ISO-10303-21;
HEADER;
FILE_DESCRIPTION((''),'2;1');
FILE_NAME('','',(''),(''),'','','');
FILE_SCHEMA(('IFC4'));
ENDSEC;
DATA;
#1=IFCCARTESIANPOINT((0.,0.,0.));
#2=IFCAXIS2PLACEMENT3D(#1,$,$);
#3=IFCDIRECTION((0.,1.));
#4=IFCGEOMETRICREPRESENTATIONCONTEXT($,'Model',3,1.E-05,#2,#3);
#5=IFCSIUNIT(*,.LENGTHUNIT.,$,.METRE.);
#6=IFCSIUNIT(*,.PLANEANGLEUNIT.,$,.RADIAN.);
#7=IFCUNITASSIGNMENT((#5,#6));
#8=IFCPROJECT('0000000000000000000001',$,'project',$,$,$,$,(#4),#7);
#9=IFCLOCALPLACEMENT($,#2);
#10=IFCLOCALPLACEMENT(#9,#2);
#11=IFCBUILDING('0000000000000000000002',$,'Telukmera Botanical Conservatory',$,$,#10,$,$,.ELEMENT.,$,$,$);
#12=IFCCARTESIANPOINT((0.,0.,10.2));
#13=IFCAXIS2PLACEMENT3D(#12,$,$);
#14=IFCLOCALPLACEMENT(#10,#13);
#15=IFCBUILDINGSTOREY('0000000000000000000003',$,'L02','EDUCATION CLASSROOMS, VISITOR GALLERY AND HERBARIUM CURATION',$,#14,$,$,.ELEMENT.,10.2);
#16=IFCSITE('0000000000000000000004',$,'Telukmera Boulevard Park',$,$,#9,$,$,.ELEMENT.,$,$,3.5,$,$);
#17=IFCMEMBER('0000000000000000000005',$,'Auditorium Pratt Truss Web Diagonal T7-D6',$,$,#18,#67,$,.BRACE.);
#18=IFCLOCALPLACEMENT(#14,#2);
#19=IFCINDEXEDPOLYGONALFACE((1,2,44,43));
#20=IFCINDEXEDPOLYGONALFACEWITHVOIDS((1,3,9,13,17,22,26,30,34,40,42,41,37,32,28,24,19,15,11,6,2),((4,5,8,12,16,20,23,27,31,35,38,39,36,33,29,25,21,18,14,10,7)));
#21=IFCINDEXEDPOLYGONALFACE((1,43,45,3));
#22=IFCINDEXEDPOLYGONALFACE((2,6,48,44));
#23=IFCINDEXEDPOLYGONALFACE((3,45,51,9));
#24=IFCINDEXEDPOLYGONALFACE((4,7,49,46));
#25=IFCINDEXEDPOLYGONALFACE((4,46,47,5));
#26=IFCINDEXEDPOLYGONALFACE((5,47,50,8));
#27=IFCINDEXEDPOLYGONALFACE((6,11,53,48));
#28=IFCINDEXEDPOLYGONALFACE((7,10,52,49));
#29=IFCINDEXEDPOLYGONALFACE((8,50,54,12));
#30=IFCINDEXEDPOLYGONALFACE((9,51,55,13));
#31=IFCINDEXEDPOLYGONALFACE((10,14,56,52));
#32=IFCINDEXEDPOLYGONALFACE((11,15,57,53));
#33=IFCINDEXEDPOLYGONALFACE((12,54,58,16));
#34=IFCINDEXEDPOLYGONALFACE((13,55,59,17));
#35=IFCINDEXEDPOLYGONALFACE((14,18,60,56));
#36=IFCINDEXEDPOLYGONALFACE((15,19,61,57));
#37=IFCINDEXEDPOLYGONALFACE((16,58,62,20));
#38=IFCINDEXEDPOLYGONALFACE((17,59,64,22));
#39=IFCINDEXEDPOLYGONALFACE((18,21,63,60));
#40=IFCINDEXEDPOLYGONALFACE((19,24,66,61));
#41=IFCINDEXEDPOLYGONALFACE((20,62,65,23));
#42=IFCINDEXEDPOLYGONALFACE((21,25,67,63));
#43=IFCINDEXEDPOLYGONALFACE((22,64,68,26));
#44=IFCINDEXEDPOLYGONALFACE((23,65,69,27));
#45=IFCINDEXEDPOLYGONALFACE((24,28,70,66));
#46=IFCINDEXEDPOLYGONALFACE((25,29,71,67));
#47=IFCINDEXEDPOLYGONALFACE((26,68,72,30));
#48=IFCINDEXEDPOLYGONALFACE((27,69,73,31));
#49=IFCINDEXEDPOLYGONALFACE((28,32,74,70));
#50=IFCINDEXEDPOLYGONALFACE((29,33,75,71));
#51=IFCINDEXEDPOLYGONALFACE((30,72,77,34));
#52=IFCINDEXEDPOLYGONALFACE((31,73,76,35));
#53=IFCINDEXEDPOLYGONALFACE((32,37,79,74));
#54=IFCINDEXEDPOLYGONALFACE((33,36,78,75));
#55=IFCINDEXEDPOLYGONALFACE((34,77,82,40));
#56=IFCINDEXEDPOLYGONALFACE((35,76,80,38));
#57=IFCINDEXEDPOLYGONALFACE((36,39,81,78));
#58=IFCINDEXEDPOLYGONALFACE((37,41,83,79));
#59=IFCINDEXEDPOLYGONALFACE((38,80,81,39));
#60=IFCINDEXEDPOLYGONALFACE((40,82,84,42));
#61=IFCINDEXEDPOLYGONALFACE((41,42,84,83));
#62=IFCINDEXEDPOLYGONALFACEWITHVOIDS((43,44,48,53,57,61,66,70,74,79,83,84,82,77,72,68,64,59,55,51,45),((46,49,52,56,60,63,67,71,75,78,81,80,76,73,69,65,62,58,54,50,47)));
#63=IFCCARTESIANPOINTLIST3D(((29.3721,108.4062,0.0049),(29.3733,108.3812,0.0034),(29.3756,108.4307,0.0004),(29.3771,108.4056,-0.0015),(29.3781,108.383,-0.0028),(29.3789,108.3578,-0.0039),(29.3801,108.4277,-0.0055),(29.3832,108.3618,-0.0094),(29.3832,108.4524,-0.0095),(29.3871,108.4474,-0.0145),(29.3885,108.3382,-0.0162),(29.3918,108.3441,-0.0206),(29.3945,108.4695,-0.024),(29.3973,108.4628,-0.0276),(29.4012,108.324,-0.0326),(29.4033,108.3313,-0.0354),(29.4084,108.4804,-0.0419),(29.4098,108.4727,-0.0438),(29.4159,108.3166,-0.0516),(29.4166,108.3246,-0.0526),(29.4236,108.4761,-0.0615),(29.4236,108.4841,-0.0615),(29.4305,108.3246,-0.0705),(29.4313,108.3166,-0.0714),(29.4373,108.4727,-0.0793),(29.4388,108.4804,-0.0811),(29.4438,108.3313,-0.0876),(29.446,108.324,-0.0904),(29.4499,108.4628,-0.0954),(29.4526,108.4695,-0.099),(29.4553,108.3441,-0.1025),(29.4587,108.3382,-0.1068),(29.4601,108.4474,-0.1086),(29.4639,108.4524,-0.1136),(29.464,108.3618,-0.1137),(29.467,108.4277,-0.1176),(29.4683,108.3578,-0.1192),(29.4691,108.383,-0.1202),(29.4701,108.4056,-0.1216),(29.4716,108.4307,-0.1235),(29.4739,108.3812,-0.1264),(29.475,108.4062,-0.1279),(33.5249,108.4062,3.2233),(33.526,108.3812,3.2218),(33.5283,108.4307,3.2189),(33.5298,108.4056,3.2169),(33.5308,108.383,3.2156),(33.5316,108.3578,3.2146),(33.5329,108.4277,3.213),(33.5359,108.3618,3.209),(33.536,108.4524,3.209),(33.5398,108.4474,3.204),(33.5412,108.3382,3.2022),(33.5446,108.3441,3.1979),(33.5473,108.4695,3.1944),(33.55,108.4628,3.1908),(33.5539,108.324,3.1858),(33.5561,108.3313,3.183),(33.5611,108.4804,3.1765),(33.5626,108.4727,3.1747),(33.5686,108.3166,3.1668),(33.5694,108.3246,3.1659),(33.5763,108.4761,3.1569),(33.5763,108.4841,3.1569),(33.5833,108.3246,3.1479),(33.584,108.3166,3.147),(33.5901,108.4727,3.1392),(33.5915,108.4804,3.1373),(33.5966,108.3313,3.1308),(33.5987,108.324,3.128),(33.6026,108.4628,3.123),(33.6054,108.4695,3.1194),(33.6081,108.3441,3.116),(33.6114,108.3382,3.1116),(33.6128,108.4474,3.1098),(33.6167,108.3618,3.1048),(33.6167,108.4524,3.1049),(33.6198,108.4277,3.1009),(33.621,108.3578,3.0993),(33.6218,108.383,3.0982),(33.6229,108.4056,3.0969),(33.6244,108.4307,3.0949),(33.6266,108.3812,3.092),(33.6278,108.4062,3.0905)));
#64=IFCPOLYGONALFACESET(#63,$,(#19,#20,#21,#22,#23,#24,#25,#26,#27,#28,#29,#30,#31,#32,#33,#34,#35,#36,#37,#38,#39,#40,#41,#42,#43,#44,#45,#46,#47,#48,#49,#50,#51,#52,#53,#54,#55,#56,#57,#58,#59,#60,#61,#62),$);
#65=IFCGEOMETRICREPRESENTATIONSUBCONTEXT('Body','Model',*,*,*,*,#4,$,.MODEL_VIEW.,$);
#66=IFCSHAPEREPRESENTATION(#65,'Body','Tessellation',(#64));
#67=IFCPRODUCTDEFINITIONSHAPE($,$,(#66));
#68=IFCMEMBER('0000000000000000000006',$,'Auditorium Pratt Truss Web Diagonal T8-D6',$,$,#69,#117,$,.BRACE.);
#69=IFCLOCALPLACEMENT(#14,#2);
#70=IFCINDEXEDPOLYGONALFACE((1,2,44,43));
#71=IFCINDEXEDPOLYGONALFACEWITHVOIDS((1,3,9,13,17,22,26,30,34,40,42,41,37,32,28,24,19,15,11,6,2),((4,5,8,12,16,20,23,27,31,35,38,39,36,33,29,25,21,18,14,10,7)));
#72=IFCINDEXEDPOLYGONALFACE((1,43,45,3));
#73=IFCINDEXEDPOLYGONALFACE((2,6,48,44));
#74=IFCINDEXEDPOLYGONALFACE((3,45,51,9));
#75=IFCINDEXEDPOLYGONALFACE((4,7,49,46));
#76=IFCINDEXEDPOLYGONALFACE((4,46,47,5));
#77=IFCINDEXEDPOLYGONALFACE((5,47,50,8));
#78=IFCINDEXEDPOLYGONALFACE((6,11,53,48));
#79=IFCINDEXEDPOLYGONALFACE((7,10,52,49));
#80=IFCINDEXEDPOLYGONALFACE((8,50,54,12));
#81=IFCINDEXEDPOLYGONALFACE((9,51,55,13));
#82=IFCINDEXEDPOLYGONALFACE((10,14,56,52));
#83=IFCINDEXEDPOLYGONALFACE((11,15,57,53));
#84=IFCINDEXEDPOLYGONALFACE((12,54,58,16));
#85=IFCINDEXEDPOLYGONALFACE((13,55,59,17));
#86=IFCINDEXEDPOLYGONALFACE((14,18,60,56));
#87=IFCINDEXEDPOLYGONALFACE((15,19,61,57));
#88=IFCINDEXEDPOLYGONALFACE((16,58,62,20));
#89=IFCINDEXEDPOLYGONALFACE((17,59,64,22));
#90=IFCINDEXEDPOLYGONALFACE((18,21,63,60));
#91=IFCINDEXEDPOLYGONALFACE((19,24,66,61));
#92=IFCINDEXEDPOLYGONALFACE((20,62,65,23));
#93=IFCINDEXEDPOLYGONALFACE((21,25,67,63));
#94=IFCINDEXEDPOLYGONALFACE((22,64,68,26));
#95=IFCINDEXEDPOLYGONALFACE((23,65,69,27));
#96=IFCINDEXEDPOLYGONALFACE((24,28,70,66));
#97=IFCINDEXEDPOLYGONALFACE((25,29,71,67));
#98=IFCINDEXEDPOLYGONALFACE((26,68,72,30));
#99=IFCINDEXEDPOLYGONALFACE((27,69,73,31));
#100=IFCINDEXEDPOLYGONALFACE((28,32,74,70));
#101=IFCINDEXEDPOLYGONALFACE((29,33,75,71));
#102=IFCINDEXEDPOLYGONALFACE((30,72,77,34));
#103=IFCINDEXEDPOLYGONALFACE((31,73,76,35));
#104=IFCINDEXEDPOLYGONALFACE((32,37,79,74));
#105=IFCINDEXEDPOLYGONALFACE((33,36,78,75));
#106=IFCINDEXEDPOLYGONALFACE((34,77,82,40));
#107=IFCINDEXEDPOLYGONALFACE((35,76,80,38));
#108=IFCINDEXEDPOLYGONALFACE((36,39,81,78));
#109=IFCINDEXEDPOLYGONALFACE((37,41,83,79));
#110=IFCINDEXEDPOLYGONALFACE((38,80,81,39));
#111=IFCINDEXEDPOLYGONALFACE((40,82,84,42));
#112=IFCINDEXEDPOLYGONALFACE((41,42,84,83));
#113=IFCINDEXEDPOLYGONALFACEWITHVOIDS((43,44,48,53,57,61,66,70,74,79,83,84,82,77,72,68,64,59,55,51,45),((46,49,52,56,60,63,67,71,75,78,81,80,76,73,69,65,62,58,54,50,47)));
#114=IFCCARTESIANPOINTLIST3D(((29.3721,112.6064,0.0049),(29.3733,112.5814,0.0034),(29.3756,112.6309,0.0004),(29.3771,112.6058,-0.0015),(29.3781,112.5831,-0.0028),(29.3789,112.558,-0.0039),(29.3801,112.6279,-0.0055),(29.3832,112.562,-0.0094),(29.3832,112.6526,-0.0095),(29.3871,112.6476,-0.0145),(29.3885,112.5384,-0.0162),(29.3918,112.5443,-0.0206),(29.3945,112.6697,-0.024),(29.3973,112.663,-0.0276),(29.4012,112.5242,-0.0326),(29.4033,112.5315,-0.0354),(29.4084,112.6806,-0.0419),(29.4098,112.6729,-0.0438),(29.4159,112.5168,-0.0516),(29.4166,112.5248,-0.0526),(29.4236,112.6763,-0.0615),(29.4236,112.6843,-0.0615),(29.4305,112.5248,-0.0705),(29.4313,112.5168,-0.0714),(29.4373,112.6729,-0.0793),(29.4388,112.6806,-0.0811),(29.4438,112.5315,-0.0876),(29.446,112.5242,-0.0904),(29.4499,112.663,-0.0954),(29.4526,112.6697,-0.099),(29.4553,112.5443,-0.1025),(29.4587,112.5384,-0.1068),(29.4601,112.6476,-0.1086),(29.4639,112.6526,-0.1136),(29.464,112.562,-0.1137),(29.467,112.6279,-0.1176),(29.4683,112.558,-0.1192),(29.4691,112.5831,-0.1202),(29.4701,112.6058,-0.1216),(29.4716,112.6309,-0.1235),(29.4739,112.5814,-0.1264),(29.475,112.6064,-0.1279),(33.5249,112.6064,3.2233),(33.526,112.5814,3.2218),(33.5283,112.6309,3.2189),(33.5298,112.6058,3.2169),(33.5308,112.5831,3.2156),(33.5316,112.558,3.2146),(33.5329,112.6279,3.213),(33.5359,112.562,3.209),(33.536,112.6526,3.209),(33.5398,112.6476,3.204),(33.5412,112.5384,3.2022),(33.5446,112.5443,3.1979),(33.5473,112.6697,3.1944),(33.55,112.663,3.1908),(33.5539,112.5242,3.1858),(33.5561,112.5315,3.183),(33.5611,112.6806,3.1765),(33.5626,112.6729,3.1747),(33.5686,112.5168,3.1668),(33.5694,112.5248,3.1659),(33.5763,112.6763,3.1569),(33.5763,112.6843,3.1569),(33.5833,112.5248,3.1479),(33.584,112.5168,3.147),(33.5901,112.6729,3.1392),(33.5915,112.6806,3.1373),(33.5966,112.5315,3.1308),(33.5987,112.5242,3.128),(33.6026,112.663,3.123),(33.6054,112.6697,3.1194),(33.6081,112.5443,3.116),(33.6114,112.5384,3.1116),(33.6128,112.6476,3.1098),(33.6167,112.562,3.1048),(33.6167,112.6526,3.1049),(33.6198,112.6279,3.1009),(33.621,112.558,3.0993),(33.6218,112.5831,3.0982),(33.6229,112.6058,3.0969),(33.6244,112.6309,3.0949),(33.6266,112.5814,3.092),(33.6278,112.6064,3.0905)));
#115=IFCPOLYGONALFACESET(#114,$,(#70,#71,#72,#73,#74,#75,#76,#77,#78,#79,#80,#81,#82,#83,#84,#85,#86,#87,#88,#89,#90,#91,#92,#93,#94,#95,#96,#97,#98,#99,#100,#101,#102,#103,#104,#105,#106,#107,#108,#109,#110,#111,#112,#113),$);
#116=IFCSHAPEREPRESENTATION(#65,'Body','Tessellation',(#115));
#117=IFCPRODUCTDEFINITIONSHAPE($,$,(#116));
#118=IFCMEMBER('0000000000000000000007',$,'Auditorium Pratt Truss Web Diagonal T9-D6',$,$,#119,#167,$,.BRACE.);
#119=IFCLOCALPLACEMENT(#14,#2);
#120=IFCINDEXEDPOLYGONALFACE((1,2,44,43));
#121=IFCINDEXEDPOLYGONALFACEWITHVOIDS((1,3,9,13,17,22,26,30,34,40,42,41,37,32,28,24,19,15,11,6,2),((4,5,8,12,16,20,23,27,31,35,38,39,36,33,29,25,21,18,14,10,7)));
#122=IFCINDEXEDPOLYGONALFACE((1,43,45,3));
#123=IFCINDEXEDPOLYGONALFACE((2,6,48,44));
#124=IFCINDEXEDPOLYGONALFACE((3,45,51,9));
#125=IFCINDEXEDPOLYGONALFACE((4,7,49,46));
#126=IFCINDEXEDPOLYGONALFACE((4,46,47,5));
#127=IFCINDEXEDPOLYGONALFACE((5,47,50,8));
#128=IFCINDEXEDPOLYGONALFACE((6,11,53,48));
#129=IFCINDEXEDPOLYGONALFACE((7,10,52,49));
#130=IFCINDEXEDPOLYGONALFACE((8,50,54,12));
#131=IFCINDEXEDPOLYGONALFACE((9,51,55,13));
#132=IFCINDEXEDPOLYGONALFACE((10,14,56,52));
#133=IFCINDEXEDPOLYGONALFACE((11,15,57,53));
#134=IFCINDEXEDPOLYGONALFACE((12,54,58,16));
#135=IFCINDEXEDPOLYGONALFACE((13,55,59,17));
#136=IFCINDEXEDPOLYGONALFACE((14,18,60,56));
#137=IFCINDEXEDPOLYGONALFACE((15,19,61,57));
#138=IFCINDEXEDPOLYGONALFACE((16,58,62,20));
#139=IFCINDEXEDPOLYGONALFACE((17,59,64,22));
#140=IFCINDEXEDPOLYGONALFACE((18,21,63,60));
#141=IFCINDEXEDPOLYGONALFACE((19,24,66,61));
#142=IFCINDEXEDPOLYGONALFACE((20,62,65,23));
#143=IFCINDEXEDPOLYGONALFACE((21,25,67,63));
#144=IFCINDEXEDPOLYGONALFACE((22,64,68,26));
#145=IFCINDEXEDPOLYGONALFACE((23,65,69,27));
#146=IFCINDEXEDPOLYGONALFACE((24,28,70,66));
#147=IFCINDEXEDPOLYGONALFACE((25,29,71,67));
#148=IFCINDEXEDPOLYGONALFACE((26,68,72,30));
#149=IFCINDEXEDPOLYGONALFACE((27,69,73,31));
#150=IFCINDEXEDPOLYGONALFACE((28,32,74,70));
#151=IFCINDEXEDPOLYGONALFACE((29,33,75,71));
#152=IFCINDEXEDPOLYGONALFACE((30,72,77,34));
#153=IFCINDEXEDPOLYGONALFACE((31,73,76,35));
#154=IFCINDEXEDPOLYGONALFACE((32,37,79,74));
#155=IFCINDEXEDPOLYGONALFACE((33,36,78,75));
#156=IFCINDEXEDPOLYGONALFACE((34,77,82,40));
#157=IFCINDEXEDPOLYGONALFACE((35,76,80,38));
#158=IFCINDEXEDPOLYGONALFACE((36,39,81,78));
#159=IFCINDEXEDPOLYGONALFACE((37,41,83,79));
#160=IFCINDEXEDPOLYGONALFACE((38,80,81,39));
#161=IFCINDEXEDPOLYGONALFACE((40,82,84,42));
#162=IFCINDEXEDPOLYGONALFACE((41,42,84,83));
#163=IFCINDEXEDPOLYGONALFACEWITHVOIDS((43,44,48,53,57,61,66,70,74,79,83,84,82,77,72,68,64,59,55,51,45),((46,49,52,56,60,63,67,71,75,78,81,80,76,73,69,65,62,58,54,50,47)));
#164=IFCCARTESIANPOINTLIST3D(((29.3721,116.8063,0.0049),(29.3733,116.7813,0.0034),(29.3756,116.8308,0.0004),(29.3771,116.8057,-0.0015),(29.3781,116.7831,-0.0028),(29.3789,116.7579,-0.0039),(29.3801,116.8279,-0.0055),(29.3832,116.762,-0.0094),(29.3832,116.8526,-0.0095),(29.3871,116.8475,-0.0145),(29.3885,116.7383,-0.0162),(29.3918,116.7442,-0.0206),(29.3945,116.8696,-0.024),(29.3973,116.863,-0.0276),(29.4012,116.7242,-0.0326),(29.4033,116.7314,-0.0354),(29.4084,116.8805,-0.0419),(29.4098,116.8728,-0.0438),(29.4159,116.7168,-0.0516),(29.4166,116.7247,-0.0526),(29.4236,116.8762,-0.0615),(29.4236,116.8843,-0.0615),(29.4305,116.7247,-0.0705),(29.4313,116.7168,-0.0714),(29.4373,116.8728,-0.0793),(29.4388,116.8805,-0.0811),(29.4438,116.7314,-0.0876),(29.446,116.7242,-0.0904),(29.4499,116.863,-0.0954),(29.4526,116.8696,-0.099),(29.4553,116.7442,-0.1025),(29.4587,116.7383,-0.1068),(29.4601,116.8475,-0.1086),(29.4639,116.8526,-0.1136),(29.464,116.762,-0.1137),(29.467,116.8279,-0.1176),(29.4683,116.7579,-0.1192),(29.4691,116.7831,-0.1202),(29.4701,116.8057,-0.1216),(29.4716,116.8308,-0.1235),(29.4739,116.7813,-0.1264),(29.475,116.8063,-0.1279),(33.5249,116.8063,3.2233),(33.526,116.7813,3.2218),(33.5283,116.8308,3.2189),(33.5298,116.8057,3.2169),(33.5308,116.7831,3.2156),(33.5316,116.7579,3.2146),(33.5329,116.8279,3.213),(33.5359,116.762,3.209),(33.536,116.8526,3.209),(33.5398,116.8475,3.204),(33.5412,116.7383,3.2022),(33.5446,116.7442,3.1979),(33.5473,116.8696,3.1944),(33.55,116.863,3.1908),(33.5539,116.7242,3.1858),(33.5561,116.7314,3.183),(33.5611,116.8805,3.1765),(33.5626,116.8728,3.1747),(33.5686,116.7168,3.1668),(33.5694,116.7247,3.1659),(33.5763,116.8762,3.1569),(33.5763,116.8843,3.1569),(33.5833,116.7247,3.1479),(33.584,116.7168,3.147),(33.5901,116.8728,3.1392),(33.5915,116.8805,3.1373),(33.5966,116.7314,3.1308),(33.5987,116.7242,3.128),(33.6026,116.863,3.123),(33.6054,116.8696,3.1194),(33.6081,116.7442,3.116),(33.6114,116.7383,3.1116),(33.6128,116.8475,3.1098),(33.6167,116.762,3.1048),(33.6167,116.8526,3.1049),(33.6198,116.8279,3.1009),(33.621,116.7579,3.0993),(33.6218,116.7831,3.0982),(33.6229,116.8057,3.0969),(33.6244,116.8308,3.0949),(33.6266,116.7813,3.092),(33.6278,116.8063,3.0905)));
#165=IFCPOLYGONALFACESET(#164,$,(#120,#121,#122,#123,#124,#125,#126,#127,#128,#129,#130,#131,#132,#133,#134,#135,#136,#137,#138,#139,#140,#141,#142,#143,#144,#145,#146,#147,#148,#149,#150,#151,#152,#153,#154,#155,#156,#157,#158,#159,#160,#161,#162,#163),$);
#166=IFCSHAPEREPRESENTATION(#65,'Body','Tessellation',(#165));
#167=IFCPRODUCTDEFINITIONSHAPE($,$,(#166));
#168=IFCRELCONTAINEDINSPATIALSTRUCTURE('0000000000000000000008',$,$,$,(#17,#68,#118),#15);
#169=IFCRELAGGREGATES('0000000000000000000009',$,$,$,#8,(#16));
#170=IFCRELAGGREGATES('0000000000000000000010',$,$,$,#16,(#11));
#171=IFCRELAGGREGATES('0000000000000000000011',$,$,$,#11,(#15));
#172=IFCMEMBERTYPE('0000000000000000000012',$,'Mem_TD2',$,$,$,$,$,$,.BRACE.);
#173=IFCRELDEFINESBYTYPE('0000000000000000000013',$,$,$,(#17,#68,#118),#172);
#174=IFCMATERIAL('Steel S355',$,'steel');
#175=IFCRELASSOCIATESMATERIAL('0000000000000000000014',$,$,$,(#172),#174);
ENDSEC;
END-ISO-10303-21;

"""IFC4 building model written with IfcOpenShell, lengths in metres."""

from ifc_helpers import new_model, si_unit, direction, frame, origin, origin_2d, place, context, subcontext, project, spatial, hollow_circle, extrude, material, material_profile, profile_set, type_object, element, save


model = new_model("IFC4")

# Units and contexts
model_context = context("Model", 3, precision=1e-05, world=origin(), true_north=direction((0.0, 1.0)))
body_context = subcontext(model_context, "Body", "Model", "MODEL_VIEW")
ifc_project = project(units=[si_unit("LENGTHUNIT", "METRE"), si_unit("PLANEANGLEUNIT", "RADIAN")], contexts=[model_context])

# Site, building, storey
site_placement = place(None, origin())
site = spatial("IfcSite", under=ifc_project, at=site_placement, Name="Telukmera Boulevard Park", CompositionType="ELEMENT", RefElevation=3.5)
building_placement = place(site_placement, origin())
building = spatial("IfcBuilding", under=site, at=building_placement, Name="Telukmera Botanical Conservatory", CompositionType="ELEMENT")
storey_placement = place(building_placement, frame((0.0, 0.0, 10.2)))
storey = spatial("IfcBuildingStorey", under=building, at=storey_placement, Name="L02", Description="EDUCATION CLASSROOMS, VISITOR GALLERY AND HERBARIUM CURATION", CompositionType="ELEMENT", Elevation=10.2)

# Members
ifc_material_1 = material(Name="Steel S355", Category="steel")
ifc_material_profile_1 = material_profile(ifc_material_1, hollow_circle(Radius=0.0842, WallThickness=0.0081, at=origin_2d()), Name="CHS 168.3x8.0")
ifc_profile_set_1 = profile_set([ifc_material_profile_1], Name="Steel S355")
member_type_1 = type_object("IfcMemberType", Name="Mem_TD2", PredefinedType="BRACE", material=ifc_profile_set_1)
for number, where, z_axis, x_axis, name in (
    (1, (29.4236, 108.3999, -0.0615), (0.790409, 0.0, 0.612579), (0.0, 1.0, 0.0), "Auditorium Pratt Truss Web Diagonal T7-D6"),
    (2, (29.4236, 112.6001, -0.0615), (0.790409, 0.0, 0.612579), (0.0, 1.0, 0.0), "Auditorium Pratt Truss Web Diagonal T8-D6"),
    (3, (29.4236, 116.8, -0.0615), (0.790409, 0.0, 0.612579), (0.0, 1.0, 0.0), "Auditorium Pratt Truss Web Diagonal T9-D6"),
):
    element("IfcMember", number, at=place(storey_placement, frame(where, z_axis=z_axis, x_axis=x_axis)), inside=storey, type_object=member_type_1, Name=name, PredefinedType="BRACE", context=body_context, shape_type="SweptSolid", body=[
        extrude(hollow_circle(Radius=0.0842, WallThickness=0.0081, at=origin_2d()), origin(), (0.0, 0.0, 1.0), 5.2539),
    ])

save(model, "model.ifc")
